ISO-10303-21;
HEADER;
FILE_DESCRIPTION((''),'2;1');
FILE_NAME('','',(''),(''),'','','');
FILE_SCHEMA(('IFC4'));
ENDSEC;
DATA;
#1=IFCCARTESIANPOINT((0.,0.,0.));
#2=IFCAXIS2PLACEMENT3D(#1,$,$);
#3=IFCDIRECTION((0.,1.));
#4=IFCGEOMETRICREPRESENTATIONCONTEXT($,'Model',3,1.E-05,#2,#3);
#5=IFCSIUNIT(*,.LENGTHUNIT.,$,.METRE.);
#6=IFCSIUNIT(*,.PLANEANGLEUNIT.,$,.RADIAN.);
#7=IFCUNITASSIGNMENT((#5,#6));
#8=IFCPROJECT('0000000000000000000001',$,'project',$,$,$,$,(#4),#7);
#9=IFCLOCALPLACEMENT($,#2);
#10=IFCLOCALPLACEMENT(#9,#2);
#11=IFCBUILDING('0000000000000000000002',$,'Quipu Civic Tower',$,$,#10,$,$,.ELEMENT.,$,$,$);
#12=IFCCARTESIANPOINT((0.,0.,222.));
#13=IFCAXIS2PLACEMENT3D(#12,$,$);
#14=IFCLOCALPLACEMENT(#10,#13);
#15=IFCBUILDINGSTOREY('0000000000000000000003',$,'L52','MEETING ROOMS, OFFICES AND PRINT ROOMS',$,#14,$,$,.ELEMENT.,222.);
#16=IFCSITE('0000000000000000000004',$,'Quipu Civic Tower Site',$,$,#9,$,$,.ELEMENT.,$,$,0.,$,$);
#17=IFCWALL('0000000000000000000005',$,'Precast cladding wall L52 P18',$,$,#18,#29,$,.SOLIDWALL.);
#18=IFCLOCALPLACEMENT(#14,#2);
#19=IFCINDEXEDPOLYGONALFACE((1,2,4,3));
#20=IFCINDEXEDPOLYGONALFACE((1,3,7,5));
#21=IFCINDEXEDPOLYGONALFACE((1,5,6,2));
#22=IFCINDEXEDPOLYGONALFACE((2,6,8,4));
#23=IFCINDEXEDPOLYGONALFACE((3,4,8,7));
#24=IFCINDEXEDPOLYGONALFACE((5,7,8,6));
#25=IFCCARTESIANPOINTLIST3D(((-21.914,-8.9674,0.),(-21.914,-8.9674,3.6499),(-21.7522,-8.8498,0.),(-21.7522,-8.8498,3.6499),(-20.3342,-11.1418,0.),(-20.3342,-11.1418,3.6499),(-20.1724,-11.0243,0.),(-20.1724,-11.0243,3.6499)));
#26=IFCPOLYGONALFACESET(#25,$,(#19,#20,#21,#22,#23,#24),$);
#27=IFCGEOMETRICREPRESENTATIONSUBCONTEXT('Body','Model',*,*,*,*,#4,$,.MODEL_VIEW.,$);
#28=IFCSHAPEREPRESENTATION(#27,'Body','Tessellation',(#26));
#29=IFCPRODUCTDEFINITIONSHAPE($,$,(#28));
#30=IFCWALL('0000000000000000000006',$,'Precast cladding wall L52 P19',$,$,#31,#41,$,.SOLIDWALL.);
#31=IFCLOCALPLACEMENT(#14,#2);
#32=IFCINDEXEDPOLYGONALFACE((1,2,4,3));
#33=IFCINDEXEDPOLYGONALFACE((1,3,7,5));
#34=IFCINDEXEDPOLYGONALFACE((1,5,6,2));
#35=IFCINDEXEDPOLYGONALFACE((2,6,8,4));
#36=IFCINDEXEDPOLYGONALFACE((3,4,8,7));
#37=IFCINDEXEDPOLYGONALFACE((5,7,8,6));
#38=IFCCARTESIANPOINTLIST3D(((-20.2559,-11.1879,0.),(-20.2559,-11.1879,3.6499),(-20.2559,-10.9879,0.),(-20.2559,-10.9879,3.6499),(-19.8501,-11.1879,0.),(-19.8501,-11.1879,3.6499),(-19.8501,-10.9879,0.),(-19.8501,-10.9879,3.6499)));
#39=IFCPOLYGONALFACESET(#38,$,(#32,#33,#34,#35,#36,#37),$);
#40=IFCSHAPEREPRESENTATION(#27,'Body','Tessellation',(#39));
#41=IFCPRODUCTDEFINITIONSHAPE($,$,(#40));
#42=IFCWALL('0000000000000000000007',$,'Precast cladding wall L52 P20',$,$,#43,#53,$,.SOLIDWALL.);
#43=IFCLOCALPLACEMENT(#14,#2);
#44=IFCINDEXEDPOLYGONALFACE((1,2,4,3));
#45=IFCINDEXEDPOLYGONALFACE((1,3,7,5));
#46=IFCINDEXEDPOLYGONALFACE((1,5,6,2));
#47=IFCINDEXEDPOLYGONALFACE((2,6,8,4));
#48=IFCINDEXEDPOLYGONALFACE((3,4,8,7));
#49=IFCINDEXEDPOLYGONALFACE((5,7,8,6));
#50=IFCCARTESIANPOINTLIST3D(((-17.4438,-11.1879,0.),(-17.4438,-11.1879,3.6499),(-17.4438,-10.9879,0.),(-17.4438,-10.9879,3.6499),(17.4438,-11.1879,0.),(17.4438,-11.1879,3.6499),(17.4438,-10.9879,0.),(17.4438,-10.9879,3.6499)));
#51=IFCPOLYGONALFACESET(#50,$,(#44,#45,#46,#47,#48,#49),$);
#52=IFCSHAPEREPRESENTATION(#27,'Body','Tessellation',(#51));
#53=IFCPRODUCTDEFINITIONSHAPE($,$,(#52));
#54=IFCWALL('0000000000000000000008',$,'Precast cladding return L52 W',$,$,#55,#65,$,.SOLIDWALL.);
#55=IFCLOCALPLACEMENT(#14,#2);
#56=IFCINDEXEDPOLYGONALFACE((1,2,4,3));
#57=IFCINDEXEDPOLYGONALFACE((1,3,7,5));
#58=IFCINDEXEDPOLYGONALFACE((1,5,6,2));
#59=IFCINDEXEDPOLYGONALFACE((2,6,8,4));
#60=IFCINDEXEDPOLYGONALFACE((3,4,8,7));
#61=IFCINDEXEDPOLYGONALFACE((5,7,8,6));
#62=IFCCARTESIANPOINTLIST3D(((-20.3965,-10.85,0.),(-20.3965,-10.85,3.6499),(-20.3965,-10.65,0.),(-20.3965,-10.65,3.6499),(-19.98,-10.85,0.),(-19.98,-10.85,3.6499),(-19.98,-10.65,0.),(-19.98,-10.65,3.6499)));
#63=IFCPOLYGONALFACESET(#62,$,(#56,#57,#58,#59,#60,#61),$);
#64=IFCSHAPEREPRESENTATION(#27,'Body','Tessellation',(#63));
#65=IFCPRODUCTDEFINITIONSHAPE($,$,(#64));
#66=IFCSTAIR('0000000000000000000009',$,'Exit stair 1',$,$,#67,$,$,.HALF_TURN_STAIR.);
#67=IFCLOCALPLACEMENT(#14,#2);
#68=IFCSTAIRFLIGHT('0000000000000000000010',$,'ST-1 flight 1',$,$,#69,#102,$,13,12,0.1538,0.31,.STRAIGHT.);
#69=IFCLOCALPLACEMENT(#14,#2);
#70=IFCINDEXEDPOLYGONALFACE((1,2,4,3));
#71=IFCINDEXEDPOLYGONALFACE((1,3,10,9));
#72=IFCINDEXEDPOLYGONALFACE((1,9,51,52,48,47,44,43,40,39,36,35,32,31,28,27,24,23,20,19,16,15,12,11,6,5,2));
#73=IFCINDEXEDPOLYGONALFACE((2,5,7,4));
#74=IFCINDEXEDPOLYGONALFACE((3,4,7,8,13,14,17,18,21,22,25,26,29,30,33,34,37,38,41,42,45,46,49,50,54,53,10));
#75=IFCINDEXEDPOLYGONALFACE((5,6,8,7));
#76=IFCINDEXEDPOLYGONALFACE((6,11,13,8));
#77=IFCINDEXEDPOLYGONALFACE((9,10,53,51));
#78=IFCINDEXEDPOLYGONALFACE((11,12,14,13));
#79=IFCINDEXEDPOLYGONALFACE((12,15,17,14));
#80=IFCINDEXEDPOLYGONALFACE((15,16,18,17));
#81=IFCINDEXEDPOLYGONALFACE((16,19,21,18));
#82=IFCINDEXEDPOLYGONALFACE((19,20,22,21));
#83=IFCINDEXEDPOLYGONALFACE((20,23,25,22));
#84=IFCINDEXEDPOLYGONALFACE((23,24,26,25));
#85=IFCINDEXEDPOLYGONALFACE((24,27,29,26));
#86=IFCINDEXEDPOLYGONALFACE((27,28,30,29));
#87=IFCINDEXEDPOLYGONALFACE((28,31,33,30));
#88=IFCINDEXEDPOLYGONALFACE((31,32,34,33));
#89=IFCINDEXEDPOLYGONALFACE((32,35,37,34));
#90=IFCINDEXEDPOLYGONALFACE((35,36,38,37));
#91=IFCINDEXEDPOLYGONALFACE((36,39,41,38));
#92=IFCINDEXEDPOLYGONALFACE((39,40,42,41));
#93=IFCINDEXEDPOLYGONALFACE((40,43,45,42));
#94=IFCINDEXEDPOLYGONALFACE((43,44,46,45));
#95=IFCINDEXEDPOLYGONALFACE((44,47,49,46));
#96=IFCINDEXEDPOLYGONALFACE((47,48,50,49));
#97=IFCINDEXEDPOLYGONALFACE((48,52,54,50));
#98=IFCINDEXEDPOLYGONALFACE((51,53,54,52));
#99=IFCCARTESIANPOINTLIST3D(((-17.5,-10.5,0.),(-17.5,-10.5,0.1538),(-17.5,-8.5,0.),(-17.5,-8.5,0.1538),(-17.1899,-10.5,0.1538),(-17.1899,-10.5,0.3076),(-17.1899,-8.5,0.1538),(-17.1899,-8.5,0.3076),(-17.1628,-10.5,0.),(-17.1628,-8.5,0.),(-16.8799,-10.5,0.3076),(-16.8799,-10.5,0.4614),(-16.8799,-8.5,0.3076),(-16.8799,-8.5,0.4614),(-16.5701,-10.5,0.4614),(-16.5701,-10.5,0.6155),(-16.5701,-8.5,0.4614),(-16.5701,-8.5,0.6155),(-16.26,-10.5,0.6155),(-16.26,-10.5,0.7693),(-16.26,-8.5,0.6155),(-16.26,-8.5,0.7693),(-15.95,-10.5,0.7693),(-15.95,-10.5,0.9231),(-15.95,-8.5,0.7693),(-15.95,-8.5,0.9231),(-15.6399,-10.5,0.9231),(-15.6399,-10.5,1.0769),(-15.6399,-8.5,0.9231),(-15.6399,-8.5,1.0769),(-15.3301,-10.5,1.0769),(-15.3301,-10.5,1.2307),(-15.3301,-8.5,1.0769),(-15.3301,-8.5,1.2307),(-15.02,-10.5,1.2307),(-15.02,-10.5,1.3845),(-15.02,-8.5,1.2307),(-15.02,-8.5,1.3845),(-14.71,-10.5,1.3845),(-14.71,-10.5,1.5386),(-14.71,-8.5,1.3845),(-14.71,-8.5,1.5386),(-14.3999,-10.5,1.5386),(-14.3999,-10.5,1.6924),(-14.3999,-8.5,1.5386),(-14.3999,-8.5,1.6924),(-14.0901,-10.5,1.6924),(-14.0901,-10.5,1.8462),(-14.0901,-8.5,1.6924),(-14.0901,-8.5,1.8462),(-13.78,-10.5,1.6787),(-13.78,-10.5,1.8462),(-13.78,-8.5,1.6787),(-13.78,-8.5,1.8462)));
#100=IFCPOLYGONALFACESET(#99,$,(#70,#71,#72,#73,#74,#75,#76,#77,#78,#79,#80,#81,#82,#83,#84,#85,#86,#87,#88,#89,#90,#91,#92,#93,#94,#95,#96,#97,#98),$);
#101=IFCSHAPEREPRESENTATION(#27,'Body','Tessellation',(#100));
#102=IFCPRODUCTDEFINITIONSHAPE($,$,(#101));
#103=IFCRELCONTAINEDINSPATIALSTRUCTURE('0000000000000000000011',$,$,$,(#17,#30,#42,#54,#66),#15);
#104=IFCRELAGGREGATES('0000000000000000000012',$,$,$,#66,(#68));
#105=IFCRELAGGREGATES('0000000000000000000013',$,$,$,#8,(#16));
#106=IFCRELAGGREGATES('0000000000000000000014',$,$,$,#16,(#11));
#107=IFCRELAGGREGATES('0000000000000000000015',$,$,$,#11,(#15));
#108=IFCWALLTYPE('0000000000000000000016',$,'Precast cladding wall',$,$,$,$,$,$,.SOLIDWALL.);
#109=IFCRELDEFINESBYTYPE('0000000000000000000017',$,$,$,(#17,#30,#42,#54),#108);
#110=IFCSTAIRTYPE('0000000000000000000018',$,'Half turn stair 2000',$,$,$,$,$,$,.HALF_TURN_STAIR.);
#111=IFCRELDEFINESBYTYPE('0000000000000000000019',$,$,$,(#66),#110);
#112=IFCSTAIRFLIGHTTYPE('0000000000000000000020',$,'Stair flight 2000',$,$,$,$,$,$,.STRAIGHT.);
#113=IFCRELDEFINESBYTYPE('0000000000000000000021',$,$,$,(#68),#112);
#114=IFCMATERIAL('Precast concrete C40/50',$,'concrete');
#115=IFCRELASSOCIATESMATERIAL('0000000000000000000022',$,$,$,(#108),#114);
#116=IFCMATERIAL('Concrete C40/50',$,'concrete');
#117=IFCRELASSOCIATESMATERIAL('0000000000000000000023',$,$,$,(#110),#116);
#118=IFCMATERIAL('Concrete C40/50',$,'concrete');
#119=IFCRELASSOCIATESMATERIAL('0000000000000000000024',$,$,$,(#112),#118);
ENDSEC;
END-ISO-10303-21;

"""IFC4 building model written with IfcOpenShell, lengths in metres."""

from ifc_helpers import new_model, si_unit, direction, frame, frame_2d, origin, place, context, subcontext, project, spatial, polyline, rectangle, outline, extrude, material, type_object, element, aggregate, save


model = new_model("IFC4")

# Units and contexts
model_context = context("Model", 3, precision=1e-05, world=origin(), true_north=direction((0.0, 1.0)))
body_context = subcontext(model_context, "Body", "Model", "MODEL_VIEW")
ifc_project = project(units=[si_unit("LENGTHUNIT", "METRE"), si_unit("PLANEANGLEUNIT", "RADIAN")], contexts=[model_context])

# Site, building, storey
site_placement = place(None, origin())
site = spatial("IfcSite", under=ifc_project, at=site_placement, Name="Quipu Civic Tower Site", CompositionType="ELEMENT", RefElevation=0.0)
building_placement = place(site_placement, origin())
building = spatial("IfcBuilding", under=site, at=building_placement, Name="Quipu Civic Tower", CompositionType="ELEMENT")
storey_placement = place(building_placement, frame((0.0, 0.0, 222.0)))
storey = spatial("IfcBuildingStorey", under=building, at=storey_placement, Name="L52", Description="MEETING ROOMS, OFFICES AND PRINT ROOMS", CompositionType="ELEMENT", Elevation=222.0)

# Walls
ifc_material_1 = material(Name="Precast concrete C40/50", Category="concrete")
wall_type_1 = type_object("IfcWallType", Name="Precast cladding wall", PredefinedType="SOLIDWALL", material=ifc_material_1)
wall_1_placement = place(storey_placement, frame((-21.833, -8.9087, 0.0), z_axis=(0.0, 0.0, 1.0), x_axis=(0.587767, -0.809031, 0.0)))
element("IfcWall", 1, at=wall_1_placement, inside=storey, type_object=wall_type_1, Name="Precast cladding wall L52 P18", PredefinedType="SOLIDWALL", context=body_context, shape_type="SweptSolid", body=[
    extrude(rectangle(XDim=2.6877, YDim=0.2, at=frame_2d((1.3438, 0.0))), origin(), (0.0, 0.0, 1.0), 3.6499),
])
wall_2_placement = place(storey_placement, frame((-20.2559, -11.0879, 0.0), z_axis=(0.0, 0.0, 1.0), x_axis=(1.0, 0.0, 0.0)))
element("IfcWall", 2, at=wall_2_placement, inside=storey, type_object=wall_type_1, Name="Precast cladding wall L52 P19", PredefinedType="SOLIDWALL", context=body_context, shape_type="SweptSolid", body=[
    extrude(rectangle(XDim=0.4058, YDim=0.2, at=frame_2d((0.2029, 0.0))), origin(), (0.0, 0.0, 1.0), 3.6499),
])
wall_3_placement = place(storey_placement, frame((-17.4438, -11.0879, 0.0), z_axis=(0.0, 0.0, 1.0), x_axis=(1.0, 0.0, 0.0)))
element("IfcWall", 3, at=wall_3_placement, inside=storey, type_object=wall_type_1, Name="Precast cladding wall L52 P20", PredefinedType="SOLIDWALL", context=body_context, shape_type="SweptSolid", body=[
    extrude(rectangle(XDim=34.8877, YDim=0.2, at=frame_2d((17.4438, 0.0))), origin(), (0.0, 0.0, 1.0), 3.6499),
])
wall_4_placement = place(storey_placement, frame((-19.98, -10.75, 0.0), z_axis=(0.0, 0.0, 1.0), x_axis=(-1.0, 0.0, 0.0)))
element("IfcWall", 4, at=wall_4_placement, inside=storey, type_object=wall_type_1, Name="Precast cladding return L52 W", PredefinedType="SOLIDWALL", context=body_context, shape_type="SweptSolid", body=[
    extrude(rectangle(XDim=0.4165, YDim=0.2, at=frame_2d((0.2083, 0.0))), origin(), (0.0, 0.0, 1.0), 3.6499),
])

# Stair, stair flight
ifc_material_2 = material(Name="Concrete C40/50", Category="concrete")
stair_type = type_object("IfcStairType", Name="Half turn stair 2000", PredefinedType="HALF_TURN_STAIR", material=ifc_material_2)
stair_placement = place(storey_placement, origin())
stair = element("IfcStair", 5, at=stair_placement, inside=storey, type_object=stair_type, Name="Exit stair 1", PredefinedType="HALF_TURN_STAIR")
ifc_material_3 = material(Name="Concrete C40/50", Category="concrete")
stair_flight_type = type_object("IfcStairFlightType", Name="Stair flight 2000", PredefinedType="STRAIGHT", material=ifc_material_3)
stair_flight_placement = place(storey_placement, frame((-17.5, -9.5, 0.0), z_axis=(0.0, 0.0, 1.0), x_axis=(1.0, 0.0, 0.0)))
stair_flight = element("IfcStairFlight", 6, at=stair_flight_placement, type_object=stair_flight_type, Name="ST-1 flight 1", NumberOfRisers=13, NumberOfTreads=12, PredefinedType="STRAIGHT", RiserHeight=0.1538, TreadLength=0.31, context=body_context, shape_type="SweptSolid", body=[
    extrude(outline(polyline([(0.0, 0.0), (0.0, 0.1538), (0.3101, 0.1538), (0.3101, 0.3076), (0.6201, 0.3076), (0.6201, 0.4614), (0.9299, 0.4614), (0.9299, 0.6155), (1.24, 0.6155), (1.24, 0.7693), (1.55, 0.7693), (1.55, 0.9231), (1.8601, 0.9231), (1.8601, 1.0769), (2.1699, 1.0769), (2.1699, 1.2307), (2.48, 1.2307), (2.48, 1.3845), (2.79, 1.3845), (2.79, 1.5386), (3.1001, 1.5386), (3.1001, 1.6924), (3.4099, 1.6924), (3.4099, 1.8462), (3.72, 1.8462), (3.72, 2.0), (3.72, 1.6787), (0.3372, 0.0), (0.0, 0.0)])), frame((0.0, 1.0, 0.0), z_axis=(0.0, -1.0, 0.0), x_axis=(1.0, 0.0, 0.0)), (0.0, 0.0, 1.0), 2.0),
])
aggregate(stair, [stair_flight])

save(model, "model.ifc")
